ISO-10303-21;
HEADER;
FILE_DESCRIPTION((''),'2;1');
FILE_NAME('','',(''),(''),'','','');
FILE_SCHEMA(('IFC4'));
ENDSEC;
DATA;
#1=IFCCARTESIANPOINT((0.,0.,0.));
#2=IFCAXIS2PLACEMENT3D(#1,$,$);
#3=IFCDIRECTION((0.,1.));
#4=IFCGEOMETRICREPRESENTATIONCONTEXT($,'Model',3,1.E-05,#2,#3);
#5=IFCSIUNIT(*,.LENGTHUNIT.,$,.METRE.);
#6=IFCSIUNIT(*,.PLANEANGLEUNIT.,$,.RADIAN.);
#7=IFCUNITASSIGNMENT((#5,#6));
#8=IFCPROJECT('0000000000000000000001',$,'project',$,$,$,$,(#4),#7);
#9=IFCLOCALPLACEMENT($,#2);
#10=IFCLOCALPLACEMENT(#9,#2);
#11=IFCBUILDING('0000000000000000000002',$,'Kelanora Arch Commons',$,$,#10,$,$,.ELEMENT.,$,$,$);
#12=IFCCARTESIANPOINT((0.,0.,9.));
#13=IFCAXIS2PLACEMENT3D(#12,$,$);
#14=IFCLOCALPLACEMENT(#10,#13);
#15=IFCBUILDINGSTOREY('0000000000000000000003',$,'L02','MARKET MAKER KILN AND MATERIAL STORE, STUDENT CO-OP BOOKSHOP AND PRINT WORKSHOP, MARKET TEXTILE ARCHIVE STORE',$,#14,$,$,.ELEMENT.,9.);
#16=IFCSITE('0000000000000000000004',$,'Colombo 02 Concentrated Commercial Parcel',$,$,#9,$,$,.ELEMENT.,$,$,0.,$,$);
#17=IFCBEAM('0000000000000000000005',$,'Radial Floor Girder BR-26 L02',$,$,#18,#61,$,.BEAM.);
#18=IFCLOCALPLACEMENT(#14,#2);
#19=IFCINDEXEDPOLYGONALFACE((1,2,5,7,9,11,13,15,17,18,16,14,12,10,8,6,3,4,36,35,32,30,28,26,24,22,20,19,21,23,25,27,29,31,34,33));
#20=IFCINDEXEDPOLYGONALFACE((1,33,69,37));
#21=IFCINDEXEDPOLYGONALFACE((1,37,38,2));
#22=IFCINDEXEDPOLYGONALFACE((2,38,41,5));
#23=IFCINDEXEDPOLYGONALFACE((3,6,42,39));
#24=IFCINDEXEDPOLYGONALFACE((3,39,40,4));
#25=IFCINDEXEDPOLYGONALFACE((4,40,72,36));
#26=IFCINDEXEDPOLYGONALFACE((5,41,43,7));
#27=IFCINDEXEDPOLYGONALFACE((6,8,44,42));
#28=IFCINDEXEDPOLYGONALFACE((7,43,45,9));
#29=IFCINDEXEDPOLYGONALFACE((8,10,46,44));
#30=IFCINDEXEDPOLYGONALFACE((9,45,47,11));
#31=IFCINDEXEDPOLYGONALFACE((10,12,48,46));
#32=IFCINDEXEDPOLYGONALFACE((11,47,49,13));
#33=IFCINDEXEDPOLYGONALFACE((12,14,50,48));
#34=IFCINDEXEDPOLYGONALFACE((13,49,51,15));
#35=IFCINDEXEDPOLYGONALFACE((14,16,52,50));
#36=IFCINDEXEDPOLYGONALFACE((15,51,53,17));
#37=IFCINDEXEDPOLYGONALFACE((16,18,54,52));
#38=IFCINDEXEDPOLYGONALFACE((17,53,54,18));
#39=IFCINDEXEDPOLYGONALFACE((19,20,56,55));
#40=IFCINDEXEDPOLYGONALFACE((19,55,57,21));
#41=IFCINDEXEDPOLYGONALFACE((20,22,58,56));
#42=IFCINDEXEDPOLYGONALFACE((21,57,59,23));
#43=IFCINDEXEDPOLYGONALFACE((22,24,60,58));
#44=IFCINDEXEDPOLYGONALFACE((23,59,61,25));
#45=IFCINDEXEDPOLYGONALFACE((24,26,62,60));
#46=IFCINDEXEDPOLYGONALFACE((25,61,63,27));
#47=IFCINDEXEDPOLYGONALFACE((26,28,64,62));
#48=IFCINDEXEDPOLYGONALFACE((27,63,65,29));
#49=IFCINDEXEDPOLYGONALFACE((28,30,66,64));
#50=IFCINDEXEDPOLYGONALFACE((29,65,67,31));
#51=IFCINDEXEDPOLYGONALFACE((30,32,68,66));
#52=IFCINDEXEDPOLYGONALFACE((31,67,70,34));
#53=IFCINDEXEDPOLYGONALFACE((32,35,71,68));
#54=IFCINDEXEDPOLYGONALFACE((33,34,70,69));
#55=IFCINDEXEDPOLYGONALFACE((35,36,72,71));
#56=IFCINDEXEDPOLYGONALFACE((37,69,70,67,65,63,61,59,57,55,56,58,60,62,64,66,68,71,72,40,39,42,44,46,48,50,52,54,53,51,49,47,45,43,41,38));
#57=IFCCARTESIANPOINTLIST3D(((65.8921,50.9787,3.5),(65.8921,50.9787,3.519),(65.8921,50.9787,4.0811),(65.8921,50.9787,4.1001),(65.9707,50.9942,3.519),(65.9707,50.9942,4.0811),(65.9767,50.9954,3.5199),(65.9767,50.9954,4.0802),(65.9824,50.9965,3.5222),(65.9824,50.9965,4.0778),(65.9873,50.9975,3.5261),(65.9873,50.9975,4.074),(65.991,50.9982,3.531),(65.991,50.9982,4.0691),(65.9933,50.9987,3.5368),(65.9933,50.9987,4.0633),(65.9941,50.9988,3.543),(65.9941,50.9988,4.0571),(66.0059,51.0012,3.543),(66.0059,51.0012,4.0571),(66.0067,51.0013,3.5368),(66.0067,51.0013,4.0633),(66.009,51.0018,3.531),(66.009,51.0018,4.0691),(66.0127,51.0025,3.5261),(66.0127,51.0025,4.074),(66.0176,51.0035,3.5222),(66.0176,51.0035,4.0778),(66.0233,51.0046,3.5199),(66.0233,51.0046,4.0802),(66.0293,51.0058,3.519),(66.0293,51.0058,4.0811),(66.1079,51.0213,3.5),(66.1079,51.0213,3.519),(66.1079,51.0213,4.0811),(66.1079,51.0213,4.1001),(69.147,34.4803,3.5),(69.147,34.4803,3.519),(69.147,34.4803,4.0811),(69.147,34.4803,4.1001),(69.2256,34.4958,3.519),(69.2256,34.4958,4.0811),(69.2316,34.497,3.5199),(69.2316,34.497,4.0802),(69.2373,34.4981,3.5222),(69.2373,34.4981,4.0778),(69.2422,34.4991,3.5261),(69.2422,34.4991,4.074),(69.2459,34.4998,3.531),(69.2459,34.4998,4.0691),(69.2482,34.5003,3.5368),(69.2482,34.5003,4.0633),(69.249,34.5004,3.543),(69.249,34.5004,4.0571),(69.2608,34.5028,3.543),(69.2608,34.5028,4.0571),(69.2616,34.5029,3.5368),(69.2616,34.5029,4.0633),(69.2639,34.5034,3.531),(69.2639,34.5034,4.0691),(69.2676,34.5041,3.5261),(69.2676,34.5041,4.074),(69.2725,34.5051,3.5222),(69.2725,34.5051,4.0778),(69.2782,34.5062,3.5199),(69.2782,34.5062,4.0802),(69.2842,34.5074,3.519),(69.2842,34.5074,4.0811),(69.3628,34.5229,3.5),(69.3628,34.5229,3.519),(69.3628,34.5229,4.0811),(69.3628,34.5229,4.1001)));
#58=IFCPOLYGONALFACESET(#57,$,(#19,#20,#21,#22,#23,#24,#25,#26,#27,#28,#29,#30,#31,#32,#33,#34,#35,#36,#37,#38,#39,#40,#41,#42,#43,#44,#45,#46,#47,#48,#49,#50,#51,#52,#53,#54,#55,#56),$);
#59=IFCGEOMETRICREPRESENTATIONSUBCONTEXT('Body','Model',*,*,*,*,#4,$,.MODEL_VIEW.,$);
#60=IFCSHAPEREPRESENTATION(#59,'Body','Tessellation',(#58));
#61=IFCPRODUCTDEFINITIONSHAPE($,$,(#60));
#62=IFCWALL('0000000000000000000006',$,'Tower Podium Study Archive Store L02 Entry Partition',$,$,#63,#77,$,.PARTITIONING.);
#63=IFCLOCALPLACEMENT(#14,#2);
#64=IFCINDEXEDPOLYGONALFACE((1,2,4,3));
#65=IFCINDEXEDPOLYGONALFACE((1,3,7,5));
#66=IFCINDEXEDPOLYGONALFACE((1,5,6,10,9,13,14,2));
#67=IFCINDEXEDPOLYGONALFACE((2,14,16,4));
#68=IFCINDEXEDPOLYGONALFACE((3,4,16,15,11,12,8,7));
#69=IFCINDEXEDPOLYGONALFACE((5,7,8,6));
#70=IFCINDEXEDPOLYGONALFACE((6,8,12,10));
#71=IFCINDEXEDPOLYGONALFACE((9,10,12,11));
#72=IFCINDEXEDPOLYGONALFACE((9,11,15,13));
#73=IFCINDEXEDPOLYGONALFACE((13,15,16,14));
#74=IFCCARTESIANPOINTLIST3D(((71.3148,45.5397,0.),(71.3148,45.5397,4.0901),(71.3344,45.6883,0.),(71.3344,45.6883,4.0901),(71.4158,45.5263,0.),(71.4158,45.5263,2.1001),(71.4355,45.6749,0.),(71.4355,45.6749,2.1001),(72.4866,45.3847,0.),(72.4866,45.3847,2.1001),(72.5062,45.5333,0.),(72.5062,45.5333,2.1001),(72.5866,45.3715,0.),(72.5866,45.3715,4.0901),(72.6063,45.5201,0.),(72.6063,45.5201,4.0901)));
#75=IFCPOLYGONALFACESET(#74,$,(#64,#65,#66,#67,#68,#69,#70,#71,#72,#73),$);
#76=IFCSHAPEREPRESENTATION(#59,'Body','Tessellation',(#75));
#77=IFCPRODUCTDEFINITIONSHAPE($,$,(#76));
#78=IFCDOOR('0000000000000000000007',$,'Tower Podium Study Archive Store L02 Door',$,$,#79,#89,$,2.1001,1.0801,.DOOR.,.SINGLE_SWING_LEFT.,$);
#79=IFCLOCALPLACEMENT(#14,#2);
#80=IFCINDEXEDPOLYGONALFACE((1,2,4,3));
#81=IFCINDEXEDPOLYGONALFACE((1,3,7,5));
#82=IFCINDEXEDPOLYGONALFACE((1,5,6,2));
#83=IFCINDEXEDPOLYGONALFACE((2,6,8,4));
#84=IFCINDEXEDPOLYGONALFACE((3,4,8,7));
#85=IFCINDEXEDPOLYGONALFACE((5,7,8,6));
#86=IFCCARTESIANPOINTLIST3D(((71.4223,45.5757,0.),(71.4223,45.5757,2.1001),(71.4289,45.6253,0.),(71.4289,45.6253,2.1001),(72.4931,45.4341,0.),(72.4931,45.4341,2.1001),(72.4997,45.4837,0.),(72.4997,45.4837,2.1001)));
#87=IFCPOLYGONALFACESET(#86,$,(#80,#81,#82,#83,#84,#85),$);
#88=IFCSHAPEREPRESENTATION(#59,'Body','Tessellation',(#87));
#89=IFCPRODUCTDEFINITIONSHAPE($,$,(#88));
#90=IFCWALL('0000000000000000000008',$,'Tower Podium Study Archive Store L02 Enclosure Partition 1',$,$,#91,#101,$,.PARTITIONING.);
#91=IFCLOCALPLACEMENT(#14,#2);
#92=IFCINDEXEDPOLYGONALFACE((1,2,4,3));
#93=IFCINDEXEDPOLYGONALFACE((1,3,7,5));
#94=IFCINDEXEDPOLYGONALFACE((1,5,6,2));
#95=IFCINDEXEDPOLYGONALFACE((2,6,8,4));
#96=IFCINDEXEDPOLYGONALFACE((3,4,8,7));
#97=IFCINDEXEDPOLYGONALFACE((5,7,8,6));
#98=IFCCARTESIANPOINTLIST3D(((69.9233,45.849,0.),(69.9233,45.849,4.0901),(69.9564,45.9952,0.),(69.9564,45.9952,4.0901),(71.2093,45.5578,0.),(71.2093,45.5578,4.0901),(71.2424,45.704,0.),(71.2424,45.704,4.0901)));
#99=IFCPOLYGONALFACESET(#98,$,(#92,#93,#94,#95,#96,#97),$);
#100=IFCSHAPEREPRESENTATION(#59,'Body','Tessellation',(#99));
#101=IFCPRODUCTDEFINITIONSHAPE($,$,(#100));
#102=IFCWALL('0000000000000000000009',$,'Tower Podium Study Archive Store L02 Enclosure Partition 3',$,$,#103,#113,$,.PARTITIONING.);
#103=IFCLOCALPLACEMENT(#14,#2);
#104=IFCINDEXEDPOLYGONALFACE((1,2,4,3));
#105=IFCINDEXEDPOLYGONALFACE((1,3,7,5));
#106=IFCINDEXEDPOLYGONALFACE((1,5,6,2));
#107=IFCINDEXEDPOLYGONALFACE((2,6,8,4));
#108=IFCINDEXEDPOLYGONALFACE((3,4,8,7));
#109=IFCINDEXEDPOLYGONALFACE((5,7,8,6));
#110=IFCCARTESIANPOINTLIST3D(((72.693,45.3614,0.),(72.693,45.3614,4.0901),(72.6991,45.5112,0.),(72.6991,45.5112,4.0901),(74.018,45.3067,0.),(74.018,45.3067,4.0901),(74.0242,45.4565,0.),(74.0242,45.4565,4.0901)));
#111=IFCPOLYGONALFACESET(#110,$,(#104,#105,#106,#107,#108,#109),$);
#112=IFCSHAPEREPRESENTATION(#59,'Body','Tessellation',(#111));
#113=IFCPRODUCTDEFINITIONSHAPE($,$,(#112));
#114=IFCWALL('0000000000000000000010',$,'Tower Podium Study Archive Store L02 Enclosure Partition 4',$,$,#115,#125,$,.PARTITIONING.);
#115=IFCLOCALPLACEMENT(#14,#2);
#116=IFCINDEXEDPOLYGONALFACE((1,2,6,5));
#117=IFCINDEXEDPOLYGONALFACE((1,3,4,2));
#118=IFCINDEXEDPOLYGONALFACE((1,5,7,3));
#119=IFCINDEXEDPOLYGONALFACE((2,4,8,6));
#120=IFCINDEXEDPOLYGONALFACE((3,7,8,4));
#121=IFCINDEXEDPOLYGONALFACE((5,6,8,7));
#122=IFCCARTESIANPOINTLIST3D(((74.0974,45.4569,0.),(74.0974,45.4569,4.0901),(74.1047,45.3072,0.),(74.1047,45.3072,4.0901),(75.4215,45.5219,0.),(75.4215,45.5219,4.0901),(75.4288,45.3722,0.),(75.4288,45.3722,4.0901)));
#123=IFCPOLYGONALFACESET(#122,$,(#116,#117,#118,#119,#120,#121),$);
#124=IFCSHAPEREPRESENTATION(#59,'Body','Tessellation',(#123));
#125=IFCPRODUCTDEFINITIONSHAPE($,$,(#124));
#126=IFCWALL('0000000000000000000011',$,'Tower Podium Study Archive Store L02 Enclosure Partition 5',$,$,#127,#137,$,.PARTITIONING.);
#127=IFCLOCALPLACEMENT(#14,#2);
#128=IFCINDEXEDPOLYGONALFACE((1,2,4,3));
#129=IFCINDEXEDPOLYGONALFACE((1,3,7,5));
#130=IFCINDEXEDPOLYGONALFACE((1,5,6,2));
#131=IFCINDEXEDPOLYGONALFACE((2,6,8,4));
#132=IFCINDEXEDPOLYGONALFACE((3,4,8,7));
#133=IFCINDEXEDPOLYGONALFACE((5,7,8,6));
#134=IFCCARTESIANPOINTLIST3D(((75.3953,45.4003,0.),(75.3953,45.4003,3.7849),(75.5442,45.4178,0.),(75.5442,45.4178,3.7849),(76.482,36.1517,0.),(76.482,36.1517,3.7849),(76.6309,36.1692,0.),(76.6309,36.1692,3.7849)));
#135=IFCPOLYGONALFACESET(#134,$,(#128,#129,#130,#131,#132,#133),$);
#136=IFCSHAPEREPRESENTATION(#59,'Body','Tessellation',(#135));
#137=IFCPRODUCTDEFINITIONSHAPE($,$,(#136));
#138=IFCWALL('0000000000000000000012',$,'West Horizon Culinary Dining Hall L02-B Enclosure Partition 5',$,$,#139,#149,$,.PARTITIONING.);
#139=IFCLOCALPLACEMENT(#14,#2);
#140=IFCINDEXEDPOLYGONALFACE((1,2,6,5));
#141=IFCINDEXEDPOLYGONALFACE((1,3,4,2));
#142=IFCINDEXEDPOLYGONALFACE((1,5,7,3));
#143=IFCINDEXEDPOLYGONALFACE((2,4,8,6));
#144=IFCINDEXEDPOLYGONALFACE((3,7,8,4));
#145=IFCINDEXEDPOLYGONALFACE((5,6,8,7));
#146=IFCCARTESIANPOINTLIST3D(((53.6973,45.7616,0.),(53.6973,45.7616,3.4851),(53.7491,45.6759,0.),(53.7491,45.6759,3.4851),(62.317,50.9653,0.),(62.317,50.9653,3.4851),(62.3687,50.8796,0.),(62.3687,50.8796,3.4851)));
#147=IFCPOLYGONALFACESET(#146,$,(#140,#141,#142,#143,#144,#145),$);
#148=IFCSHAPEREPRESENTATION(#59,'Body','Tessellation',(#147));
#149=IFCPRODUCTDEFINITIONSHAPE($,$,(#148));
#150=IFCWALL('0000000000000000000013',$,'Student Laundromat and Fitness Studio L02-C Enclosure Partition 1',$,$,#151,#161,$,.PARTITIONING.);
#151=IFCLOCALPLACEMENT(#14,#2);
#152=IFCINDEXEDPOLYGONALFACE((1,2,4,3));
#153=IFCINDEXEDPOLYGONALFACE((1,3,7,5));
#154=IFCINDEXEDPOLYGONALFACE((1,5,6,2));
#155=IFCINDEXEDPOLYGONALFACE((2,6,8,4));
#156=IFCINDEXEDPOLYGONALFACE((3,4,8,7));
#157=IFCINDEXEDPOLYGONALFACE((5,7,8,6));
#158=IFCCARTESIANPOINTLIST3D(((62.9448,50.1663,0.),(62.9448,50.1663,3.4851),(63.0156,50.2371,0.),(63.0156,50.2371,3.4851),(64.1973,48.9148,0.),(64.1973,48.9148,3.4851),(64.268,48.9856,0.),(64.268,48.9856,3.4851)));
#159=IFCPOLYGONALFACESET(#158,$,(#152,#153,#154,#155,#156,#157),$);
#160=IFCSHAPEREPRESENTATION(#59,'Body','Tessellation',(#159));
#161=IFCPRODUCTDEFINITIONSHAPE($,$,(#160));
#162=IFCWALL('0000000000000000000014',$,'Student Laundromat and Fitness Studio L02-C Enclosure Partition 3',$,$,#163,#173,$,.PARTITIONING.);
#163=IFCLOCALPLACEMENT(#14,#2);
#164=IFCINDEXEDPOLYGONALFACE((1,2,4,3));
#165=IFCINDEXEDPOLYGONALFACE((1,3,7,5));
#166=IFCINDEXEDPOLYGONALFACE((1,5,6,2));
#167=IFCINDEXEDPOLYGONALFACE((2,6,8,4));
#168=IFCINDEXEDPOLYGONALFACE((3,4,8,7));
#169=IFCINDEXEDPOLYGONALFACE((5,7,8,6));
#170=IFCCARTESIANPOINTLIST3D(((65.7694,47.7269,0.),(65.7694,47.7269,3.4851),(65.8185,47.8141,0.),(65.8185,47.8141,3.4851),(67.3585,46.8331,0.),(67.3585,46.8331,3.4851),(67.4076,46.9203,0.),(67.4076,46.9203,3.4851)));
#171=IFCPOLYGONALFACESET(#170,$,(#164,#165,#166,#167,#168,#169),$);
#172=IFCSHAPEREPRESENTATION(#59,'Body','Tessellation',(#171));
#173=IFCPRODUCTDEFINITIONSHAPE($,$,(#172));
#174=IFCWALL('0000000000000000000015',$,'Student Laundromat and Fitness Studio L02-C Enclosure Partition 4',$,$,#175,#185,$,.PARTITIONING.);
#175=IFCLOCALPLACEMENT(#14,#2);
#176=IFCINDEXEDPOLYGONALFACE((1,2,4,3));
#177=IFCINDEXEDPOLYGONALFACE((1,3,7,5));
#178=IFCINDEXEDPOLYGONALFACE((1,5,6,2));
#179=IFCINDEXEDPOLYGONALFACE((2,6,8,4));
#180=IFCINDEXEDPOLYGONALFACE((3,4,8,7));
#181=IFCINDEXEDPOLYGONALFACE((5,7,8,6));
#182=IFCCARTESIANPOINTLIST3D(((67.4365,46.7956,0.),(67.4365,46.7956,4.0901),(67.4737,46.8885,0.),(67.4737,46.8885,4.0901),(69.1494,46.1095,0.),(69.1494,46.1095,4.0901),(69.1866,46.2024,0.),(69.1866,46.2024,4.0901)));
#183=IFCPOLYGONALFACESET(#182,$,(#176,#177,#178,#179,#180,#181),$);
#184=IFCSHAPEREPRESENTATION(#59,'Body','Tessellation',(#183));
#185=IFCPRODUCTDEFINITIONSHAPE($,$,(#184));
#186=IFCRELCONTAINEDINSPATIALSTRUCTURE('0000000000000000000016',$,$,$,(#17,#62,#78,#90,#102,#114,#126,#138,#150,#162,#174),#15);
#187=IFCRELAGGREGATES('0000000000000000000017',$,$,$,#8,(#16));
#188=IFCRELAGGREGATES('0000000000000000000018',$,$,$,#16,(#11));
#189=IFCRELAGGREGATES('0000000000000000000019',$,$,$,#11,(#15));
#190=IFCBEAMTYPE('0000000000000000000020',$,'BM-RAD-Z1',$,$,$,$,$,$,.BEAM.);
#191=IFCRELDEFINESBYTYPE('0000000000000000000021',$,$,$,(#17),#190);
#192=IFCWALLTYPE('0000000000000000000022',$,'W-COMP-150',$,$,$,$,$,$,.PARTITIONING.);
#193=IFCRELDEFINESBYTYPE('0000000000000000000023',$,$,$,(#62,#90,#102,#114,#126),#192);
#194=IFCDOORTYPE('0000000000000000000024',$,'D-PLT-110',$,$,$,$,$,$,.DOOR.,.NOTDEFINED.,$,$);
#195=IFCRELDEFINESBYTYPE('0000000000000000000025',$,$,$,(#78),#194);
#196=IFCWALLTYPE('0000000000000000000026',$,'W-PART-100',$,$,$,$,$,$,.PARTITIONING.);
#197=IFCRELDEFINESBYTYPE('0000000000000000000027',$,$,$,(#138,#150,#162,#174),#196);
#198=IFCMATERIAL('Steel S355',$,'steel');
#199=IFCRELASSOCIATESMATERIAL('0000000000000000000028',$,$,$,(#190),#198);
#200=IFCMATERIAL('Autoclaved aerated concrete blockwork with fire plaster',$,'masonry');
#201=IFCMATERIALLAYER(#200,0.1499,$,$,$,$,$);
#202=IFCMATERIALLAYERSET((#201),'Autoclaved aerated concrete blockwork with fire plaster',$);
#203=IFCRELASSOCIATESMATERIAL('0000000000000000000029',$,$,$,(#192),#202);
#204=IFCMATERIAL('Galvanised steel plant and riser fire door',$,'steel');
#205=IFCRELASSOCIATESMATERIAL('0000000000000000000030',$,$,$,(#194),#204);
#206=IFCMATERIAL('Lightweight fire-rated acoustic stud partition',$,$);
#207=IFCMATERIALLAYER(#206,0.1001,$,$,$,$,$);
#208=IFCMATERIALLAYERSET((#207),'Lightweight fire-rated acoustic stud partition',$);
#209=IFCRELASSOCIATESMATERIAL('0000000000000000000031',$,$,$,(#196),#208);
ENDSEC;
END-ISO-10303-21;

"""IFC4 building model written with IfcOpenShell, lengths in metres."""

from ifc_helpers import new_model, si_unit, direction, frame, frame_2d, origin, origin_2d, place, context, subcontext, project, spatial, rectangle, i_section, extrude, material, layer, layer_set, material_profile, profile_set, type_object, element, fill, save


model = new_model("IFC4")

# Units and contexts
model_context = context("Model", 3, precision=1e-05, world=origin(), true_north=direction((0.0, 1.0)))
body_context = subcontext(model_context, "Body", "Model", "MODEL_VIEW")
ifc_project = project(units=[si_unit("LENGTHUNIT", "METRE"), si_unit("PLANEANGLEUNIT", "RADIAN")], contexts=[model_context])

# Site, building, storey
site_placement = place(None, origin())
site = spatial("IfcSite", under=ifc_project, at=site_placement, Name="Colombo 02 Concentrated Commercial Parcel", CompositionType="ELEMENT", RefElevation=0.0)
building_placement = place(site_placement, origin())
building = spatial("IfcBuilding", under=site, at=building_placement, Name="Kelanora Arch Commons", CompositionType="ELEMENT")
storey_placement = place(building_placement, frame((0.0, 0.0, 9.0)))
storey = spatial("IfcBuildingStorey", under=building, at=storey_placement, Name="L02", Description="MARKET MAKER KILN AND MATERIAL STORE, STUDENT CO-OP BOOKSHOP AND PRINT WORKSHOP, MARKET TEXTILE ARCHIVE STORE", CompositionType="ELEMENT", Elevation=9.0)

# Beam
ifc_material_1 = material(Name="Steel S355", Category="steel")
ifc_material_profile_1 = material_profile(ifc_material_1, i_section(OverallWidth=0.22, OverallDepth=0.6001, WebThickness=0.012, FlangeThickness=0.019, FilletRadius=0.0239, at=origin_2d()), Name="IPE600")
ifc_profile_set_1 = profile_set([ifc_material_profile_1], Name="Steel S355")
beam_type_1 = type_object("IfcBeamType", Name="BM-RAD-Z1", PredefinedType="BEAM", material=ifc_profile_set_1)
beam_1_placement = place(storey_placement, frame((66.0, 51.0, 3.8), z_axis=(0.193555, -0.981089, 0.0), x_axis=(0.981089, 0.193555, 0.0)))
element("IfcBeam", 1, at=beam_1_placement, inside=storey, type_object=beam_type_1, Name="Radial Floor Girder BR-26 L02", PredefinedType="BEAM", context=body_context, shape_type="SweptSolid", body=[
    extrude(i_section(OverallWidth=0.22, OverallDepth=0.6001, WebThickness=0.012, FlangeThickness=0.019, FilletRadius=0.0239, at=origin_2d()), origin(), (0.0, 0.0, 1.0), 16.8164),
])

# Wall, opening, door
ifc_material_2 = material(Name="Autoclaved aerated concrete blockwork with fire plaster", Category="masonry")
ifc_layer_1 = layer(ifc_material_2, 0.1499)
ifc_layer_set_1 = layer_set([ifc_layer_1], Name="Autoclaved aerated concrete blockwork with fire plaster")
wall_type_1 = type_object("IfcWallType", Name="W-COMP-150", PredefinedType="PARTITIONING", material=ifc_layer_set_1)
wall_1_placement = place(storey_placement, frame((71.3245, 45.614, 0.0), z_axis=(0.0, 0.0, 1.0), x_axis=(0.991369, -0.131104, 0.0)))
wall_1 = element("IfcWall", 2, at=wall_1_placement, inside=storey, type_object=wall_type_1, Name="Tower Podium Study Archive Store L02 Entry Partition", PredefinedType="PARTITIONING", context=body_context, shape_type="SweptSolid", body=[
    extrude(rectangle(XDim=1.283, YDim=0.1499, at=frame_2d((0.6416, 0.0))), origin(), (0.0, 0.0, 1.0), 4.0901),
])
opening_1_placement = place(wall_1_placement, frame((0.1021, 0.0, 0.0)))
opening_1 = element("IfcOpeningElement", 3, at=opening_1_placement, cuts=wall_1, PredefinedType="OPENING", context=body_context, shape_type="SweptSolid", body=[
    extrude(rectangle(XDim=1.0801, YDim=2.1001, at=frame_2d((0.54, 1.05))), frame((0.0, 0.085, 0.0), z_axis=(0.0, -1.0, 0.0), x_axis=(1.0, 0.0, 0.0)), (0.0, 0.0, 1.0), 0.1699),
])
ifc_material_3 = material(Name="Galvanised steel plant and riser fire door", Category="steel")
door_type_1 = type_object("IfcDoorType", Name="D-PLT-110", OperationType="NOTDEFINED", PredefinedType="DOOR", material=ifc_material_3)
door_1_placement = place(opening_1_placement, origin())
door_1 = element("IfcDoor", 4, at=door_1_placement, inside=storey, type_object=door_type_1, Name="Tower Podium Study Archive Store L02 Door", OperationType="SINGLE_SWING_LEFT", OverallHeight=2.1001, OverallWidth=1.0801, PredefinedType="DOOR", context=body_context, shape_type="SweptSolid", body=[
    extrude(rectangle(XDim=1.0801, YDim=2.1001, at=frame_2d((0.54, 1.05))), frame((0.0, 0.0249, 0.0), z_axis=(0.0, -1.0, 0.0), x_axis=(1.0, 0.0, 0.0)), (0.0, 0.0, 1.0), 0.05),
])
fill(opening_1, door_1)

# Walls
wall_2_placement = place(storey_placement, frame((69.9399, 45.9221, 0.0), z_axis=(0.0, 0.0, 1.0), x_axis=(0.975304, -0.220869, 0.0)))
element("IfcWall", 5, at=wall_2_placement, inside=storey, type_object=wall_type_1, Name="Tower Podium Study Archive Store L02 Enclosure Partition 1", PredefinedType="PARTITIONING", context=body_context, shape_type="SweptSolid", body=[
    extrude(rectangle(XDim=1.3186, YDim=0.1499, at=frame_2d((0.6592, 0.0))), origin(), (0.0, 0.0, 1.0), 4.0901),
])
wall_3_placement = place(storey_placement, frame((72.696, 45.4363, 0.0), z_axis=(0.0, 0.0, 1.0), x_axis=(0.999149, -0.04124, 0.0)))
element("IfcWall", 6, at=wall_3_placement, inside=storey, type_object=wall_type_1, Name="Tower Podium Study Archive Store L02 Enclosure Partition 3", PredefinedType="PARTITIONING", context=body_context, shape_type="SweptSolid", body=[
    extrude(rectangle(XDim=1.3262, YDim=0.1499, at=frame_2d((0.6631, 0.0))), origin(), (0.0, 0.0, 1.0), 4.0901),
])
wall_4_placement = place(storey_placement, frame((74.1011, 45.3821, 0.0), z_axis=(0.0, 0.0, 1.0), x_axis=(0.998799, 0.048991, 0.0)))
element("IfcWall", 7, at=wall_4_placement, inside=storey, type_object=wall_type_1, Name="Tower Podium Study Archive Store L02 Enclosure Partition 4", PredefinedType="PARTITIONING", context=body_context, shape_type="SweptSolid", body=[
    extrude(rectangle(XDim=1.3257, YDim=0.1499, at=frame_2d((0.6628, 0.0))), origin(), (0.0, 0.0, 1.0), 4.0901),
])
wall_5_placement = place(storey_placement, frame((75.4697, 45.4092, 0.0), z_axis=(0.0, 0.0, 1.0), x_axis=(0.116694, -0.993168, 0.0)))
element("IfcWall", 8, at=wall_5_placement, inside=storey, type_object=wall_type_1, Name="Tower Podium Study Archive Store L02 Enclosure Partition 5", PredefinedType="PARTITIONING", context=body_context, shape_type="SweptSolid", body=[
    extrude(rectangle(XDim=9.3123, YDim=0.1499, at=frame_2d((4.6562, 0.0))), origin(), (0.0, 0.0, 1.0), 3.7849),
])
ifc_material_4 = material(Name="Lightweight fire-rated acoustic stud partition")
ifc_layer_2 = layer(ifc_material_4, 0.1001)
ifc_layer_set_2 = layer_set([ifc_layer_2], Name="Lightweight fire-rated acoustic stud partition")
wall_type_2 = type_object("IfcWallType", Name="W-PART-100", PredefinedType="PARTITIONING", material=ifc_layer_set_2)
wall_6_placement = place(storey_placement, frame((62.3428, 50.9224, 0.0), z_axis=(0.0, 0.0, 1.0), x_axis=(-0.856095, -0.516819, 0.0)))
element("IfcWall", 9, at=wall_6_placement, inside=storey, type_object=wall_type_2, Name="West Horizon Culinary Dining Hall L02-B Enclosure Partition 5", PredefinedType="PARTITIONING", context=body_context, shape_type="SweptSolid", body=[
    extrude(rectangle(XDim=10.0686, YDim=0.1001, at=frame_2d((5.0342, 0.0))), origin(), (0.0, 0.0, 1.0), 3.4851),
])
wall_7_placement = place(storey_placement, frame((62.9802, 50.2017, 0.0), z_axis=(0.0, 0.0, 1.0), x_axis=(0.707383, -0.706831, 0.0)))
element("IfcWall", 10, at=wall_7_placement, inside=storey, type_object=wall_type_2, Name="Student Laundromat and Fitness Studio L02-C Enclosure Partition 1", PredefinedType="PARTITIONING", context=body_context, shape_type="SweptSolid", body=[
    extrude(rectangle(XDim=1.7705, YDim=0.1001, at=frame_2d((0.8853, 0.0))), origin(), (0.0, 0.0, 1.0), 3.4851),
])
wall_8_placement = place(storey_placement, frame((65.7939, 47.7705, 0.0), z_axis=(0.0, 0.0, 1.0), x_axis=(0.871593, -0.490229, 0.0)))
element("IfcWall", 11, at=wall_8_placement, inside=storey, type_object=wall_type_2, Name="Student Laundromat and Fitness Studio L02-C Enclosure Partition 3", PredefinedType="PARTITIONING", context=body_context, shape_type="SweptSolid", body=[
    extrude(rectangle(XDim=1.8232, YDim=0.1001, at=frame_2d((0.9116, 0.0))), origin(), (0.0, 0.0, 1.0), 3.4851),
])
wall_9_placement = place(storey_placement, frame((67.4551, 46.842, 0.0), z_axis=(0.0, 0.0, 1.0), x_axis=(0.928312, -0.371801, 0.0)))
element("IfcWall", 12, at=wall_9_placement, inside=storey, type_object=wall_type_2, Name="Student Laundromat and Fitness Studio L02-C Enclosure Partition 4", PredefinedType="PARTITIONING", context=body_context, shape_type="SweptSolid", body=[
    extrude(rectangle(XDim=1.8452, YDim=0.1001, at=frame_2d((0.9226, 0.0))), origin(), (0.0, 0.0, 1.0), 4.0901),
])

save(model, "model.ifc")
